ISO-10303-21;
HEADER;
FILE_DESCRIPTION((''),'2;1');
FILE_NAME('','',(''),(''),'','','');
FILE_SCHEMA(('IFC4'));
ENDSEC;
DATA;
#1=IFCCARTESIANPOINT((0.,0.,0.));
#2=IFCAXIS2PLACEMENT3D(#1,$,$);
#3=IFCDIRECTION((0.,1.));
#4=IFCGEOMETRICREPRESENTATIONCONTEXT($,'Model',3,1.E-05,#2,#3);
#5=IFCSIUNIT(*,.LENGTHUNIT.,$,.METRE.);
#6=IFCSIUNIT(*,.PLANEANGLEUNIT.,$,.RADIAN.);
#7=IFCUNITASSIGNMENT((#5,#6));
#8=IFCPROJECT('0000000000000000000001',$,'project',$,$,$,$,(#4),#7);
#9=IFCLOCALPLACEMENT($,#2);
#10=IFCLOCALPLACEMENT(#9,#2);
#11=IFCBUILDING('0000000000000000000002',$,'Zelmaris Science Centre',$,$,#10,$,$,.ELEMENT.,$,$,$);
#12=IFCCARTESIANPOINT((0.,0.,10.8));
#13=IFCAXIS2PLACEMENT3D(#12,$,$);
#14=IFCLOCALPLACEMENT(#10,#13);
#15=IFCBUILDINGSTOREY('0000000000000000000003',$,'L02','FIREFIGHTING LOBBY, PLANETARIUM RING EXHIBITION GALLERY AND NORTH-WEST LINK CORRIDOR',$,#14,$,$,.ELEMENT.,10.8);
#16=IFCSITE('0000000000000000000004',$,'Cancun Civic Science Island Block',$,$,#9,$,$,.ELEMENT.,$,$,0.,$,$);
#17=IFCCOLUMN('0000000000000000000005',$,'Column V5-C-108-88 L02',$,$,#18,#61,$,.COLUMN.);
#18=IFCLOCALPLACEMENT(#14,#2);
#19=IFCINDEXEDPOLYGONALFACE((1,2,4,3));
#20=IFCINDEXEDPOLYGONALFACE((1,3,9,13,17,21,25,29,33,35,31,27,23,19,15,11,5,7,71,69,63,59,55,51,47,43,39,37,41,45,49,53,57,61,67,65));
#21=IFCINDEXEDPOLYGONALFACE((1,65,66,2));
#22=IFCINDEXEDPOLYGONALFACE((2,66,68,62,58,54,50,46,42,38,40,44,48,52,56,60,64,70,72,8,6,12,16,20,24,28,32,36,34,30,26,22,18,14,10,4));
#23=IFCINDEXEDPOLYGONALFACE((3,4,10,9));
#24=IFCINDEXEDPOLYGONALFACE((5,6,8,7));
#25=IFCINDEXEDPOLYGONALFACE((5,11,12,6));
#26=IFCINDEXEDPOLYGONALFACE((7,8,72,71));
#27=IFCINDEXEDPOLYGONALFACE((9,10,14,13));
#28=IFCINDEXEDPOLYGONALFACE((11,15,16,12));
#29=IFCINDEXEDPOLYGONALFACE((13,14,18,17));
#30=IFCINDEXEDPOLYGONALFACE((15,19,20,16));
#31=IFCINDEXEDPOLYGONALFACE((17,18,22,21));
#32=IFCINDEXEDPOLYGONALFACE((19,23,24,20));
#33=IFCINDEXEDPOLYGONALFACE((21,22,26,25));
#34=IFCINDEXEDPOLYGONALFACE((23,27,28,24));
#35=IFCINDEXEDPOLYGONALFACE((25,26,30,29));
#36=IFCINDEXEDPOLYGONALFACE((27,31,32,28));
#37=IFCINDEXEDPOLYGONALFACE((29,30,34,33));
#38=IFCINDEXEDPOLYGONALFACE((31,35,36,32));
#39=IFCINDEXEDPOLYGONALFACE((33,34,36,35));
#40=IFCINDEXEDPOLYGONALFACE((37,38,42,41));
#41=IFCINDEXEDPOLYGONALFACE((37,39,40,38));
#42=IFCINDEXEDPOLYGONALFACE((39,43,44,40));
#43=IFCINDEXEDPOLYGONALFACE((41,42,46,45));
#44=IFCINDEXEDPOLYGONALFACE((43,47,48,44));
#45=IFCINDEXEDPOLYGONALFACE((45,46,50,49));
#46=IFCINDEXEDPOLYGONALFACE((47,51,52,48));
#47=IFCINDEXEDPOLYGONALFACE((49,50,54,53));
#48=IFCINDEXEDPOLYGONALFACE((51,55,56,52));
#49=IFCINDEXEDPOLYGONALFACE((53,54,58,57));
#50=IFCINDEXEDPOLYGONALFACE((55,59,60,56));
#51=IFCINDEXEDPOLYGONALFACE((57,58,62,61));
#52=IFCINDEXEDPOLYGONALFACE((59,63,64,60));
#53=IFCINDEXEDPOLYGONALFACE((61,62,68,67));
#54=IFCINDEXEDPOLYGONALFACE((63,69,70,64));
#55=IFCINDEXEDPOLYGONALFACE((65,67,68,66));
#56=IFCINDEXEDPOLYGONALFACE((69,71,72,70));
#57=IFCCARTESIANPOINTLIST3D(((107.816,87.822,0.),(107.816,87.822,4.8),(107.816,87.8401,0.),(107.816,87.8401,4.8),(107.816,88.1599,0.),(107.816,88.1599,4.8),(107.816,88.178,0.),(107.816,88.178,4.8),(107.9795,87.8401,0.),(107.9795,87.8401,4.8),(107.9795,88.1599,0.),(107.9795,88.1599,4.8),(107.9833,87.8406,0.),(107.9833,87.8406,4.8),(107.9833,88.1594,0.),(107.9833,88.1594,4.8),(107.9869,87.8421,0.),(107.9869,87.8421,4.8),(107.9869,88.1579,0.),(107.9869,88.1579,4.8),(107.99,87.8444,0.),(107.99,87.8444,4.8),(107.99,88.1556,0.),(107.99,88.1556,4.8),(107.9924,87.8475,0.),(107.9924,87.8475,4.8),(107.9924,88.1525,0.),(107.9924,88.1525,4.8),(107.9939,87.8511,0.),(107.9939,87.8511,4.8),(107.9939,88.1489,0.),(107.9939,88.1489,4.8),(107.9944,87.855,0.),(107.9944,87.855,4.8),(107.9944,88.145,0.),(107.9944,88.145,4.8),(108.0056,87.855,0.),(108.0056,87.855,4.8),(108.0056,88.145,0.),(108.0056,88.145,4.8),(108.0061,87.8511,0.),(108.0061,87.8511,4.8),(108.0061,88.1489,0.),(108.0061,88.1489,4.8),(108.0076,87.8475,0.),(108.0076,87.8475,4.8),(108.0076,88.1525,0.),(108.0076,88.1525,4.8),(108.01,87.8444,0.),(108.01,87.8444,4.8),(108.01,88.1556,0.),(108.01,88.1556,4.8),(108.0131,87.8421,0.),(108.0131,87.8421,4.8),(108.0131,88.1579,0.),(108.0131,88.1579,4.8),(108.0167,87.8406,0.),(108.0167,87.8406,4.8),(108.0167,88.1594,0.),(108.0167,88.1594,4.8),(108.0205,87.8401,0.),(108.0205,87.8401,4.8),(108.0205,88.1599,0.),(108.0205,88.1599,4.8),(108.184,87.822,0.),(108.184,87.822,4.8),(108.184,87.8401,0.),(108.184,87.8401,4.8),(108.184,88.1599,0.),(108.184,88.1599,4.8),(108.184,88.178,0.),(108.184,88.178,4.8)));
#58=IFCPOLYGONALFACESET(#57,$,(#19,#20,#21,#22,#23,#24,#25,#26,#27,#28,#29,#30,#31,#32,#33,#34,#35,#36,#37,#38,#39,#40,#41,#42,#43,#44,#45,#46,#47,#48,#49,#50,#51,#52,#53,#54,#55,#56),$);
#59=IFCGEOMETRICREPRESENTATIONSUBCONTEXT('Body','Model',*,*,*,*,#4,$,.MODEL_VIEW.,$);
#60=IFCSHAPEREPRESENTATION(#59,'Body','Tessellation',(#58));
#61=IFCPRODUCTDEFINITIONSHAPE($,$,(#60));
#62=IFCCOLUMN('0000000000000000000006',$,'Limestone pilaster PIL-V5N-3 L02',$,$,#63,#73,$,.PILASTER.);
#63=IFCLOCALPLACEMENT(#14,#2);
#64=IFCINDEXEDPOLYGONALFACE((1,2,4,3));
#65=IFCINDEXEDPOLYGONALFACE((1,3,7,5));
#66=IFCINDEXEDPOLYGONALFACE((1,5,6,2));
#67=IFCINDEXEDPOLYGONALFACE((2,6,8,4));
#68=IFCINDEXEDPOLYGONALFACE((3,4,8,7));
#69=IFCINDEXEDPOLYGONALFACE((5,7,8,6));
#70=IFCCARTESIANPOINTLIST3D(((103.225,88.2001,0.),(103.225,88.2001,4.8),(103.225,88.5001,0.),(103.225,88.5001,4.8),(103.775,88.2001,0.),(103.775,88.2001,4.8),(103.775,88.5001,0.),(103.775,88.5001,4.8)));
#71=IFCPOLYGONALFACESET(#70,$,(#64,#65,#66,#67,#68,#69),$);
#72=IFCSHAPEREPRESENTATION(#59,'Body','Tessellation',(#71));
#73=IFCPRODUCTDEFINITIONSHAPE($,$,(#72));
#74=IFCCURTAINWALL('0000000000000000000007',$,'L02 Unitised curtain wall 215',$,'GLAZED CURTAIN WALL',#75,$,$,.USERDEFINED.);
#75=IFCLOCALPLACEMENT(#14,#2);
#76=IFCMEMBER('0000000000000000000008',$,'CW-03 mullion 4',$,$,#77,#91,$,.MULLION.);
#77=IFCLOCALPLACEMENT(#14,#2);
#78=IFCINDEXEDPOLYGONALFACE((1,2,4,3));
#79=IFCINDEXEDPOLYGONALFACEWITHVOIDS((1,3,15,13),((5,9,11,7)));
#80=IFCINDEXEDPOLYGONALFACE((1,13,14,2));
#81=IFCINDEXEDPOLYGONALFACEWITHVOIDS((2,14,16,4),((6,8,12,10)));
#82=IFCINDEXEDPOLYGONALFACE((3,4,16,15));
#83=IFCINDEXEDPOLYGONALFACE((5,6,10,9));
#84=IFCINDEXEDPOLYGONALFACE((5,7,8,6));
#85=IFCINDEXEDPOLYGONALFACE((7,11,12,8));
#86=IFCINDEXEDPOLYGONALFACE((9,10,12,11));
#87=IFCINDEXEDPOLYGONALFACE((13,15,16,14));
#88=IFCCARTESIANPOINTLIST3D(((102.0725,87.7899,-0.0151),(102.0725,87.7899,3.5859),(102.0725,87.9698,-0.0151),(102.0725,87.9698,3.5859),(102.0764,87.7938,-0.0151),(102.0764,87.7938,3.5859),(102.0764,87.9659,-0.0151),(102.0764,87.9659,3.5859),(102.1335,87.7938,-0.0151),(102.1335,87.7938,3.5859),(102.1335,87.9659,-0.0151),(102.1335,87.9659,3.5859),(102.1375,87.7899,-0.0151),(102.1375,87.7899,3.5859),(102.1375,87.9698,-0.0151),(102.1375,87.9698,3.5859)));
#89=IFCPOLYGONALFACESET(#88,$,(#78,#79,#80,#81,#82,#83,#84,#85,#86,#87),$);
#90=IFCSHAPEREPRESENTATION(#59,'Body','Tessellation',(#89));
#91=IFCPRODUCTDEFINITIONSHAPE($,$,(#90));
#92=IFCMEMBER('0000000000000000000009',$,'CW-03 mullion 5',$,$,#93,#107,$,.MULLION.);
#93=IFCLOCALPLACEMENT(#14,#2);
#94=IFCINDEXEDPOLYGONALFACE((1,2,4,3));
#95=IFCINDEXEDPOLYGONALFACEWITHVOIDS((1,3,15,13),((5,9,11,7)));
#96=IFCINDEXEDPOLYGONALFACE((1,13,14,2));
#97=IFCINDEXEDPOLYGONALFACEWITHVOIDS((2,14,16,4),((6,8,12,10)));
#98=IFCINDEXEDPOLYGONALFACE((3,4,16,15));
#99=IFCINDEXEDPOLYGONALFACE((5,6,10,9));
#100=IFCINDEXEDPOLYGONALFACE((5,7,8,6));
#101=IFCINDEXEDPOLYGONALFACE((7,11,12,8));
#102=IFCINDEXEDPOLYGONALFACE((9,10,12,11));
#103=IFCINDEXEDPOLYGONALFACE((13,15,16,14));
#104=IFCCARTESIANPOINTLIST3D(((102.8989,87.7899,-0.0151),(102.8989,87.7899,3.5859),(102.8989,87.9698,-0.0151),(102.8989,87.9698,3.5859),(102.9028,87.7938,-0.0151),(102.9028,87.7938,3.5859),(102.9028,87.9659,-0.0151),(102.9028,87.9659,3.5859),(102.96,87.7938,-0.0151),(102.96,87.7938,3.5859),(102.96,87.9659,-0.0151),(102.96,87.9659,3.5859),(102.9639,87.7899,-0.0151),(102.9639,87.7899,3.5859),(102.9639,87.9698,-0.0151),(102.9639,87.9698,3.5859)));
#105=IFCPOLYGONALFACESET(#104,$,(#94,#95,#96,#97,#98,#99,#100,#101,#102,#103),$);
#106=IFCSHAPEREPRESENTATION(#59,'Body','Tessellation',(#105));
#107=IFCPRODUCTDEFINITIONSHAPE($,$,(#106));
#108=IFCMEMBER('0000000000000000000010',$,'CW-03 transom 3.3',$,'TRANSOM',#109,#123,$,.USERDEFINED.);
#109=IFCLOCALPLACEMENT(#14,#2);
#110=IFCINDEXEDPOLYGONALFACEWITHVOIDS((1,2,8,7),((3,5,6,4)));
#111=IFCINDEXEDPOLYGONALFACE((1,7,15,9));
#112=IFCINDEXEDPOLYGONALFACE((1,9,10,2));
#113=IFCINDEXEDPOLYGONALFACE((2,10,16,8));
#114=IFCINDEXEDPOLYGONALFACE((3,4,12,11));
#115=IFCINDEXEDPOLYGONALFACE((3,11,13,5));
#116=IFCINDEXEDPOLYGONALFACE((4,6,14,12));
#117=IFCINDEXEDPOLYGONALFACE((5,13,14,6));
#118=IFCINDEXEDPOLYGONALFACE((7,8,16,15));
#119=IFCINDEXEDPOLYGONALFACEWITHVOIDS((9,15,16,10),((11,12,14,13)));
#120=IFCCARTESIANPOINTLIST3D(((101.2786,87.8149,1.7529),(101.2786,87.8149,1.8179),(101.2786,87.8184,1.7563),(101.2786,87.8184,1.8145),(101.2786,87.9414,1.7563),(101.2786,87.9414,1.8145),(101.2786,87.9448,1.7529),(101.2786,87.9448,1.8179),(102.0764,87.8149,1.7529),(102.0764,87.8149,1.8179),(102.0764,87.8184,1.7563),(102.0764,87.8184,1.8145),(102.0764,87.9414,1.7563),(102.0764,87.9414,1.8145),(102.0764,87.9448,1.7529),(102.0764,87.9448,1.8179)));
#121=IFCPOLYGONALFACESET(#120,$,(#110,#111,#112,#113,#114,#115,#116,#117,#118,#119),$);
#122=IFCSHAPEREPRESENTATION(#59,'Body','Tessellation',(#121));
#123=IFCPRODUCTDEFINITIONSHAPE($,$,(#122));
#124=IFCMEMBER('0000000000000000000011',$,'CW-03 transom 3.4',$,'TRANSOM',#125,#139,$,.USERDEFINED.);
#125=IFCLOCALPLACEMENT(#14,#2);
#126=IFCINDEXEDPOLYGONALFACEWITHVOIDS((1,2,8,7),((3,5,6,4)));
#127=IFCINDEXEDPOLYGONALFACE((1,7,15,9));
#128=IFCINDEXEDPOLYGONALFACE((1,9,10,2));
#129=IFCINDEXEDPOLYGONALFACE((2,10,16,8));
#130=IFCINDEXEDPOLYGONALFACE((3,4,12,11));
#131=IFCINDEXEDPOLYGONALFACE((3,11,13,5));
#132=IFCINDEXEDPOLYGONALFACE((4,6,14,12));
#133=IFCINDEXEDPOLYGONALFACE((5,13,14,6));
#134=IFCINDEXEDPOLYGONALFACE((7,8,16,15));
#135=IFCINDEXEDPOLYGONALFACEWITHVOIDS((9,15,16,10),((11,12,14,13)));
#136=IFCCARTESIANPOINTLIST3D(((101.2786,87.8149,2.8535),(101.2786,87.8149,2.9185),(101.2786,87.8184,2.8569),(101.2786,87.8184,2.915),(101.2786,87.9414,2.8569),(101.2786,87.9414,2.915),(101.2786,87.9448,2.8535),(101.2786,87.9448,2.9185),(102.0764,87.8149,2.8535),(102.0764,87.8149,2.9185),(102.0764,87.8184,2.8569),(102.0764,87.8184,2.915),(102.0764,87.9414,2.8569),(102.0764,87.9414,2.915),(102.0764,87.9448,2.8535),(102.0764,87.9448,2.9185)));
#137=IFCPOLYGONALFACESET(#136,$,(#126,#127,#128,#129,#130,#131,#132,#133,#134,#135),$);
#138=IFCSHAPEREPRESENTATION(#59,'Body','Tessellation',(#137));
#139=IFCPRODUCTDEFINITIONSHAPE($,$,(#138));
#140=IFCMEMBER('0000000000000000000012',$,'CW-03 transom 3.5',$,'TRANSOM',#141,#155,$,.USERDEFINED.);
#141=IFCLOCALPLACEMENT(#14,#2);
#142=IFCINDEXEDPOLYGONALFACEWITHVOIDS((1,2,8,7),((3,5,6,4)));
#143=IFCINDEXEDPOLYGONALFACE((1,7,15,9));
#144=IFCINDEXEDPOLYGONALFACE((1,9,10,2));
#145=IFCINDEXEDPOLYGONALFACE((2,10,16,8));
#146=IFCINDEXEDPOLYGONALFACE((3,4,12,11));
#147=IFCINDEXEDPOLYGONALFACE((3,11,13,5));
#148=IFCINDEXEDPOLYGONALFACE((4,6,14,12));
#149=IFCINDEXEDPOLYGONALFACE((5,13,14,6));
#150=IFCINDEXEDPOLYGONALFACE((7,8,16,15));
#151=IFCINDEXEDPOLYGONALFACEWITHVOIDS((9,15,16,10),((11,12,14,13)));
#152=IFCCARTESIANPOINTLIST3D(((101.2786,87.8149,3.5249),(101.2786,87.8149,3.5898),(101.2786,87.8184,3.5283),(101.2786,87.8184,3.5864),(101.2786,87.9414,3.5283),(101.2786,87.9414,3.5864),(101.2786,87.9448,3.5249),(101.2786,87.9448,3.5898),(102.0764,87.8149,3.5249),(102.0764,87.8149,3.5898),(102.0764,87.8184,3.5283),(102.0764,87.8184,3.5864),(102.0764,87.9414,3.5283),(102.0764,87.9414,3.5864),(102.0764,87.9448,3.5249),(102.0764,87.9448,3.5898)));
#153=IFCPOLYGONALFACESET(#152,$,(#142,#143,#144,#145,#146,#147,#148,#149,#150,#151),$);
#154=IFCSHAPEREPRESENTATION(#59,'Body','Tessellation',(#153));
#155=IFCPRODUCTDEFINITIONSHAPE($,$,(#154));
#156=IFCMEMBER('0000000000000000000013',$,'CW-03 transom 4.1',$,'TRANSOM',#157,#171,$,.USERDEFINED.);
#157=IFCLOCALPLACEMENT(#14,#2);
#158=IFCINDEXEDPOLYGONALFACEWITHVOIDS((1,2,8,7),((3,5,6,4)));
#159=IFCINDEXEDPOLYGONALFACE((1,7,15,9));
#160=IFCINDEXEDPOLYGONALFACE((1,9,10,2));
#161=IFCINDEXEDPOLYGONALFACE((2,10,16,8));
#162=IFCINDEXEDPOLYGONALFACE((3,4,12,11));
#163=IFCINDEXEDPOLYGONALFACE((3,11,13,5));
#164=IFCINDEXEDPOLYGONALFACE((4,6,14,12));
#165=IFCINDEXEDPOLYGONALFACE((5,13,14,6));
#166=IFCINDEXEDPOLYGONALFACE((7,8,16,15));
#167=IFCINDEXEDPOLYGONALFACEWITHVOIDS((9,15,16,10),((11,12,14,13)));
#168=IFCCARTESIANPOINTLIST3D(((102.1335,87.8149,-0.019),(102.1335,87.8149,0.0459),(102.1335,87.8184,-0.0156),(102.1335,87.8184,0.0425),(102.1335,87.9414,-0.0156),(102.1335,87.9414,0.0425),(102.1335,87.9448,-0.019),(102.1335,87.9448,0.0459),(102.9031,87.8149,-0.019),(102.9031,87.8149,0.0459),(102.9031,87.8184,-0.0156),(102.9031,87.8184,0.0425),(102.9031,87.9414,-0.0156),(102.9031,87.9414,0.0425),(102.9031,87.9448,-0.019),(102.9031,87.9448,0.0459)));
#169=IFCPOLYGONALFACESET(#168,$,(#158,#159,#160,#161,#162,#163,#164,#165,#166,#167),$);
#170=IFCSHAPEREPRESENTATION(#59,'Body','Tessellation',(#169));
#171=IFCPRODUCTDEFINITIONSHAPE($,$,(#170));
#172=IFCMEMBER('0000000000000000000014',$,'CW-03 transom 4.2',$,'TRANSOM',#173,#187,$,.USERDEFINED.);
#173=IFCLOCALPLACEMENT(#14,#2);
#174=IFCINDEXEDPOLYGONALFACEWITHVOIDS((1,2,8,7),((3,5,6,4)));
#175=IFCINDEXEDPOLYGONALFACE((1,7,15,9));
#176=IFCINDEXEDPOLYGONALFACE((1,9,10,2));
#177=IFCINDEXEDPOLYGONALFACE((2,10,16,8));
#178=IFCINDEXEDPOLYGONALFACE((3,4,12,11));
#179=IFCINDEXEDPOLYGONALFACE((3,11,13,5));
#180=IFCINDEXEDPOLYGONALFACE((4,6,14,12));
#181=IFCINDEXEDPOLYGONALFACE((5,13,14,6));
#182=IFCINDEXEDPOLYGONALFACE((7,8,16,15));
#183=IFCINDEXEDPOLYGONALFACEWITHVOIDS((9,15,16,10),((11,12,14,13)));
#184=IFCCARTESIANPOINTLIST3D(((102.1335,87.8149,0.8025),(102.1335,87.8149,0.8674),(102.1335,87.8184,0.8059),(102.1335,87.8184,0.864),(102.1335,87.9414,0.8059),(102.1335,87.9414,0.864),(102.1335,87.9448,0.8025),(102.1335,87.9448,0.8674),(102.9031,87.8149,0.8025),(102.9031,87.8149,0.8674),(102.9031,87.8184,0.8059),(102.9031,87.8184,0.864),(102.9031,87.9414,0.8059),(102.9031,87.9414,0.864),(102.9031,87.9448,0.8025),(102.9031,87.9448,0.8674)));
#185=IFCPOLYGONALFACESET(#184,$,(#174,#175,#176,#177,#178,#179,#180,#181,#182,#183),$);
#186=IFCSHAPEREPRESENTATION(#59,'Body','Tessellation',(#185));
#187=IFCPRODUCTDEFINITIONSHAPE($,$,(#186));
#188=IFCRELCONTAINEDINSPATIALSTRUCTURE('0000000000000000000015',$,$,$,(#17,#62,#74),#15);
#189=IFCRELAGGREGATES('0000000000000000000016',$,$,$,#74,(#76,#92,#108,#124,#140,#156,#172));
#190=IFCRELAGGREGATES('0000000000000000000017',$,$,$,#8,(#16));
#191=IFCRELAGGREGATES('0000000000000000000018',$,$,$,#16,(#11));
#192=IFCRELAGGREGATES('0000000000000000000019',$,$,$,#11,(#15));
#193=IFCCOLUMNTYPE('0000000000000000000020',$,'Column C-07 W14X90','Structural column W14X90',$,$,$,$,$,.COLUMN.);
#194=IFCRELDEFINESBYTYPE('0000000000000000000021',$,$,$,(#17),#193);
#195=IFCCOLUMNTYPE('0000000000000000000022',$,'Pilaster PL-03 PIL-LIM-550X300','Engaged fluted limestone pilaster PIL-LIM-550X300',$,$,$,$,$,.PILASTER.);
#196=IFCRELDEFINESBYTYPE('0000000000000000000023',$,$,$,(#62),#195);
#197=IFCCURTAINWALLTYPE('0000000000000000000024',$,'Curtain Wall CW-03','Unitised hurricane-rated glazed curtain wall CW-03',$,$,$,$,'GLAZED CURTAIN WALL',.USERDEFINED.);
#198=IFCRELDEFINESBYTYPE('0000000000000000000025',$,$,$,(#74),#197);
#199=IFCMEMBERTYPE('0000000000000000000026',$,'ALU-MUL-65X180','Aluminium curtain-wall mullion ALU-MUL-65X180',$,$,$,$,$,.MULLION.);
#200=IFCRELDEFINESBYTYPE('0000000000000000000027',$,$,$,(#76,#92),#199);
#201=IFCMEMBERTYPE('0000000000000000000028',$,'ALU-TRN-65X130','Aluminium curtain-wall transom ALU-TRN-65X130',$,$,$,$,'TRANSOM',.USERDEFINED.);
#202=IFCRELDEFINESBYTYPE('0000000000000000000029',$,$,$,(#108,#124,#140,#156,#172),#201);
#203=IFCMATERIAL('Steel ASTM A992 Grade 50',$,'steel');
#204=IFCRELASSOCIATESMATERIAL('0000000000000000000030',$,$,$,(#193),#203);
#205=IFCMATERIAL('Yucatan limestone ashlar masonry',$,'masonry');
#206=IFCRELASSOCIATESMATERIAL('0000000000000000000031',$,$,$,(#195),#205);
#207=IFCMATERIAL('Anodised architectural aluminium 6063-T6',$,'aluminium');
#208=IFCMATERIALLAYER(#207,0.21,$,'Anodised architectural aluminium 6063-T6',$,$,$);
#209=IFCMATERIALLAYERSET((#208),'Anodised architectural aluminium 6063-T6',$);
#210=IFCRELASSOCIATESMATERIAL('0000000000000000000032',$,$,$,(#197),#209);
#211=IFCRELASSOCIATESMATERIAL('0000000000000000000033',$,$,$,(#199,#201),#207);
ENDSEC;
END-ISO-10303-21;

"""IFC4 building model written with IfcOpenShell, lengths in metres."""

from ifc_helpers import new_model, si_unit, direction, frame, origin, origin_2d, place, context, subcontext, project, spatial, rectangle, hollow_rectangle, i_section, extrude, material, layer, layer_set, material_profile, profile_set, type_object, element, aggregate, save


model = new_model("IFC4")

# Units and contexts
model_context = context("Model", 3, precision=1e-05, world=origin(), true_north=direction((0.0, 1.0)))
body_context = subcontext(model_context, "Body", "Model", "MODEL_VIEW")
ifc_project = project(units=[si_unit("LENGTHUNIT", "METRE"), si_unit("PLANEANGLEUNIT", "RADIAN")], contexts=[model_context])

# Site, building, storey
site_placement = place(None, origin())
site = spatial("IfcSite", under=ifc_project, at=site_placement, Name="Cancun Civic Science Island Block", CompositionType="ELEMENT", RefElevation=0.0)
building_placement = place(site_placement, origin())
building = spatial("IfcBuilding", under=site, at=building_placement, Name="Zelmaris Science Centre", CompositionType="ELEMENT")
storey_placement = place(building_placement, frame((0.0, 0.0, 10.8)))
storey = spatial("IfcBuildingStorey", under=building, at=storey_placement, Name="L02", Description="FIREFIGHTING LOBBY, PLANETARIUM RING EXHIBITION GALLERY AND NORTH-WEST LINK CORRIDOR", CompositionType="ELEMENT", Elevation=10.8)

# Columns
ifc_material_1 = material(Name="Steel ASTM A992 Grade 50", Category="steel")
ifc_material_profile_1 = material_profile(ifc_material_1, i_section(OverallWidth=0.3679, OverallDepth=0.356, WebThickness=0.0112, FlangeThickness=0.0181, FilletRadius=0.0149, at=origin_2d()), Name="W14X90")
ifc_profile_set_1 = profile_set([ifc_material_profile_1], Name="Steel ASTM A992 Grade 50")
column_type_1 = type_object("IfcColumnType", Name="Column C-07 W14X90", Description="Structural column W14X90", PredefinedType="COLUMN", material=ifc_profile_set_1)
column_1_placement = place(storey_placement, frame((108.0, 88.0, 0.0), z_axis=(0.0, 0.0, 1.0), x_axis=(1.0, 0.0, 0.0)))
element("IfcColumn", 1, at=column_1_placement, inside=storey, type_object=column_type_1, Name="Column V5-C-108-88 L02", PredefinedType="COLUMN", context=body_context, shape_type="SweptSolid", body=[
    extrude(i_section(OverallWidth=0.3679, OverallDepth=0.356, WebThickness=0.0112, FlangeThickness=0.0181, FilletRadius=0.0149, at=origin_2d()), origin(), (0.0, 0.0, 1.0), 4.8),
])
ifc_material_2 = material(Name="Yucatan limestone ashlar masonry", Category="masonry")
ifc_material_profile_2 = material_profile(ifc_material_2, rectangle(XDim=0.55, YDim=0.3, at=origin_2d()), Name="PIL-LIM-550X300")
ifc_profile_set_2 = profile_set([ifc_material_profile_2], Name="Yucatan limestone ashlar masonry")
column_type_2 = type_object("IfcColumnType", Name="Pilaster PL-03 PIL-LIM-550X300", Description="Engaged fluted limestone pilaster PIL-LIM-550X300", PredefinedType="PILASTER", material=ifc_profile_set_2)
column_2_placement = place(storey_placement, frame((103.5, 88.3501, 0.0), z_axis=(0.0, 0.0, 1.0), x_axis=(1.0, 0.0, 0.0)))
element("IfcColumn", 2, at=column_2_placement, inside=storey, type_object=column_type_2, Name="Limestone pilaster PIL-V5N-3 L02", PredefinedType="PILASTER", context=body_context, shape_type="SweptSolid", body=[
    extrude(rectangle(XDim=0.55, YDim=0.3, at=origin_2d()), origin(), (0.0, 0.0, 1.0), 4.8),
])

# Curtain wall, members
ifc_material_3 = material(Name="Anodised architectural aluminium 6063-T6", Category="aluminium")
ifc_layer_1 = layer(ifc_material_3, 0.21, Name="Anodised architectural aluminium 6063-T6")
ifc_layer_set_1 = layer_set([ifc_layer_1], Name="Anodised architectural aluminium 6063-T6")
curtain_wall_type = type_object("IfcCurtainWallType", Name="Curtain Wall CW-03", Description="Unitised hurricane-rated glazed curtain wall CW-03", ElementType="GLAZED CURTAIN WALL", PredefinedType="USERDEFINED", material=ifc_layer_set_1)
curtain_wall_placement = place(storey_placement, origin())
curtain_wall = element("IfcCurtainWall", 3, at=curtain_wall_placement, inside=storey, type_object=curtain_wall_type, Name="L02 Unitised curtain wall 215", ObjectType="GLAZED CURTAIN WALL", PredefinedType="USERDEFINED")
ifc_material_profile_3 = material_profile(ifc_material_3, hollow_rectangle(XDim=0.0649, YDim=0.1799, WallThickness=0.0039, at=origin_2d()), Name="ALU-MUL-65X180")
ifc_profile_set_3 = profile_set([ifc_material_profile_3], Name="Anodised architectural aluminium 6063-T6")
member_type_1 = type_object("IfcMemberType", Name="ALU-MUL-65X180", Description="Aluminium curtain-wall mullion ALU-MUL-65X180", PredefinedType="MULLION", material=ifc_profile_set_3)
member_1_placement = place(storey_placement, frame((102.105, 87.8799, -0.0151), z_axis=(0.0, 0.0, 1.0), x_axis=(1.0, 0.0, 0.0)))
member_1 = element("IfcMember", 4, at=member_1_placement, type_object=member_type_1, Name="CW-03 mullion 4", PredefinedType="MULLION", context=body_context, shape_type="SweptSolid", body=[
    extrude(hollow_rectangle(XDim=0.0649, YDim=0.1799, WallThickness=0.0039, at=origin_2d()), origin(), (0.0, 0.0, 1.0), 3.6011),
])
member_2_placement = place(storey_placement, frame((102.9314, 87.8799, -0.0151), z_axis=(0.0, 0.0, 1.0), x_axis=(1.0, 0.0, 0.0)))
member_2 = element("IfcMember", 5, at=member_2_placement, type_object=member_type_1, Name="CW-03 mullion 5", PredefinedType="MULLION", context=body_context, shape_type="SweptSolid", body=[
    extrude(hollow_rectangle(XDim=0.0649, YDim=0.1799, WallThickness=0.0039, at=origin_2d()), origin(), (0.0, 0.0, 1.0), 3.6011),
])
ifc_material_profile_4 = material_profile(ifc_material_3, hollow_rectangle(XDim=0.0649, YDim=0.1299, WallThickness=0.0034, at=origin_2d()), Name="ALU-TRN-65X130")
ifc_profile_set_4 = profile_set([ifc_material_profile_4], Name="Anodised architectural aluminium 6063-T6")
member_type_2 = type_object("IfcMemberType", Name="ALU-TRN-65X130", Description="Aluminium curtain-wall transom ALU-TRN-65X130", ElementType="TRANSOM", PredefinedType="USERDEFINED", material=ifc_profile_set_4)
member_3_placement = place(storey_placement, frame((101.2786, 87.8799, 1.7854), z_axis=(1.0, 0.0, 0.0), x_axis=(0.0, 0.0, 1.0)))
member_3 = element("IfcMember", 6, at=member_3_placement, type_object=member_type_2, Name="CW-03 transom 3.3", ObjectType="TRANSOM", PredefinedType="USERDEFINED", context=body_context, shape_type="SweptSolid", body=[
    extrude(hollow_rectangle(XDim=0.0649, YDim=0.1299, WallThickness=0.0034, at=origin_2d()), origin(), (0.0, 0.0, 1.0), 0.7979),
])
member_4_placement = place(storey_placement, frame((101.2786, 87.8799, 2.886), z_axis=(1.0, 0.0, 0.0), x_axis=(0.0, 0.0, 1.0)))
member_4 = element("IfcMember", 7, at=member_4_placement, type_object=member_type_2, Name="CW-03 transom 3.4", ObjectType="TRANSOM", PredefinedType="USERDEFINED", context=body_context, shape_type="SweptSolid", body=[
    extrude(hollow_rectangle(XDim=0.0649, YDim=0.1299, WallThickness=0.0034, at=origin_2d()), origin(), (0.0, 0.0, 1.0), 0.7979),
])
member_5_placement = place(storey_placement, frame((101.2786, 87.8799, 3.5574), z_axis=(1.0, 0.0, 0.0), x_axis=(0.0, 0.0, 1.0)))
member_5 = element("IfcMember", 8, at=member_5_placement, type_object=member_type_2, Name="CW-03 transom 3.5", ObjectType="TRANSOM", PredefinedType="USERDEFINED", context=body_context, shape_type="SweptSolid", body=[
    extrude(hollow_rectangle(XDim=0.0649, YDim=0.1299, WallThickness=0.0034, at=origin_2d()), origin(), (0.0, 0.0, 1.0), 0.7979),
])
member_6_placement = place(storey_placement, frame((102.1335, 87.8799, 0.0134), z_axis=(1.0, 0.0, 0.0), x_axis=(0.0, 0.0, 1.0)))
member_6 = element("IfcMember", 9, at=member_6_placement, type_object=member_type_2, Name="CW-03 transom 4.1", ObjectType="TRANSOM", PredefinedType="USERDEFINED", context=body_context, shape_type="SweptSolid", body=[
    extrude(hollow_rectangle(XDim=0.0649, YDim=0.1299, WallThickness=0.0034, at=origin_2d()), origin(), (0.0, 0.0, 1.0), 0.7695),
])
member_7_placement = place(storey_placement, frame((102.1335, 87.8799, 0.835), z_axis=(1.0, 0.0, 0.0), x_axis=(0.0, 0.0, 1.0)))
member_7 = element("IfcMember", 10, at=member_7_placement, type_object=member_type_2, Name="CW-03 transom 4.2", ObjectType="TRANSOM", PredefinedType="USERDEFINED", context=body_context, shape_type="SweptSolid", body=[
    extrude(hollow_rectangle(XDim=0.0649, YDim=0.1299, WallThickness=0.0034, at=origin_2d()), origin(), (0.0, 0.0, 1.0), 0.7695),
])
aggregate(curtain_wall, [member_1, member_2, member_3, member_4, member_5, member_6, member_7])

save(model, "model.ifc")
